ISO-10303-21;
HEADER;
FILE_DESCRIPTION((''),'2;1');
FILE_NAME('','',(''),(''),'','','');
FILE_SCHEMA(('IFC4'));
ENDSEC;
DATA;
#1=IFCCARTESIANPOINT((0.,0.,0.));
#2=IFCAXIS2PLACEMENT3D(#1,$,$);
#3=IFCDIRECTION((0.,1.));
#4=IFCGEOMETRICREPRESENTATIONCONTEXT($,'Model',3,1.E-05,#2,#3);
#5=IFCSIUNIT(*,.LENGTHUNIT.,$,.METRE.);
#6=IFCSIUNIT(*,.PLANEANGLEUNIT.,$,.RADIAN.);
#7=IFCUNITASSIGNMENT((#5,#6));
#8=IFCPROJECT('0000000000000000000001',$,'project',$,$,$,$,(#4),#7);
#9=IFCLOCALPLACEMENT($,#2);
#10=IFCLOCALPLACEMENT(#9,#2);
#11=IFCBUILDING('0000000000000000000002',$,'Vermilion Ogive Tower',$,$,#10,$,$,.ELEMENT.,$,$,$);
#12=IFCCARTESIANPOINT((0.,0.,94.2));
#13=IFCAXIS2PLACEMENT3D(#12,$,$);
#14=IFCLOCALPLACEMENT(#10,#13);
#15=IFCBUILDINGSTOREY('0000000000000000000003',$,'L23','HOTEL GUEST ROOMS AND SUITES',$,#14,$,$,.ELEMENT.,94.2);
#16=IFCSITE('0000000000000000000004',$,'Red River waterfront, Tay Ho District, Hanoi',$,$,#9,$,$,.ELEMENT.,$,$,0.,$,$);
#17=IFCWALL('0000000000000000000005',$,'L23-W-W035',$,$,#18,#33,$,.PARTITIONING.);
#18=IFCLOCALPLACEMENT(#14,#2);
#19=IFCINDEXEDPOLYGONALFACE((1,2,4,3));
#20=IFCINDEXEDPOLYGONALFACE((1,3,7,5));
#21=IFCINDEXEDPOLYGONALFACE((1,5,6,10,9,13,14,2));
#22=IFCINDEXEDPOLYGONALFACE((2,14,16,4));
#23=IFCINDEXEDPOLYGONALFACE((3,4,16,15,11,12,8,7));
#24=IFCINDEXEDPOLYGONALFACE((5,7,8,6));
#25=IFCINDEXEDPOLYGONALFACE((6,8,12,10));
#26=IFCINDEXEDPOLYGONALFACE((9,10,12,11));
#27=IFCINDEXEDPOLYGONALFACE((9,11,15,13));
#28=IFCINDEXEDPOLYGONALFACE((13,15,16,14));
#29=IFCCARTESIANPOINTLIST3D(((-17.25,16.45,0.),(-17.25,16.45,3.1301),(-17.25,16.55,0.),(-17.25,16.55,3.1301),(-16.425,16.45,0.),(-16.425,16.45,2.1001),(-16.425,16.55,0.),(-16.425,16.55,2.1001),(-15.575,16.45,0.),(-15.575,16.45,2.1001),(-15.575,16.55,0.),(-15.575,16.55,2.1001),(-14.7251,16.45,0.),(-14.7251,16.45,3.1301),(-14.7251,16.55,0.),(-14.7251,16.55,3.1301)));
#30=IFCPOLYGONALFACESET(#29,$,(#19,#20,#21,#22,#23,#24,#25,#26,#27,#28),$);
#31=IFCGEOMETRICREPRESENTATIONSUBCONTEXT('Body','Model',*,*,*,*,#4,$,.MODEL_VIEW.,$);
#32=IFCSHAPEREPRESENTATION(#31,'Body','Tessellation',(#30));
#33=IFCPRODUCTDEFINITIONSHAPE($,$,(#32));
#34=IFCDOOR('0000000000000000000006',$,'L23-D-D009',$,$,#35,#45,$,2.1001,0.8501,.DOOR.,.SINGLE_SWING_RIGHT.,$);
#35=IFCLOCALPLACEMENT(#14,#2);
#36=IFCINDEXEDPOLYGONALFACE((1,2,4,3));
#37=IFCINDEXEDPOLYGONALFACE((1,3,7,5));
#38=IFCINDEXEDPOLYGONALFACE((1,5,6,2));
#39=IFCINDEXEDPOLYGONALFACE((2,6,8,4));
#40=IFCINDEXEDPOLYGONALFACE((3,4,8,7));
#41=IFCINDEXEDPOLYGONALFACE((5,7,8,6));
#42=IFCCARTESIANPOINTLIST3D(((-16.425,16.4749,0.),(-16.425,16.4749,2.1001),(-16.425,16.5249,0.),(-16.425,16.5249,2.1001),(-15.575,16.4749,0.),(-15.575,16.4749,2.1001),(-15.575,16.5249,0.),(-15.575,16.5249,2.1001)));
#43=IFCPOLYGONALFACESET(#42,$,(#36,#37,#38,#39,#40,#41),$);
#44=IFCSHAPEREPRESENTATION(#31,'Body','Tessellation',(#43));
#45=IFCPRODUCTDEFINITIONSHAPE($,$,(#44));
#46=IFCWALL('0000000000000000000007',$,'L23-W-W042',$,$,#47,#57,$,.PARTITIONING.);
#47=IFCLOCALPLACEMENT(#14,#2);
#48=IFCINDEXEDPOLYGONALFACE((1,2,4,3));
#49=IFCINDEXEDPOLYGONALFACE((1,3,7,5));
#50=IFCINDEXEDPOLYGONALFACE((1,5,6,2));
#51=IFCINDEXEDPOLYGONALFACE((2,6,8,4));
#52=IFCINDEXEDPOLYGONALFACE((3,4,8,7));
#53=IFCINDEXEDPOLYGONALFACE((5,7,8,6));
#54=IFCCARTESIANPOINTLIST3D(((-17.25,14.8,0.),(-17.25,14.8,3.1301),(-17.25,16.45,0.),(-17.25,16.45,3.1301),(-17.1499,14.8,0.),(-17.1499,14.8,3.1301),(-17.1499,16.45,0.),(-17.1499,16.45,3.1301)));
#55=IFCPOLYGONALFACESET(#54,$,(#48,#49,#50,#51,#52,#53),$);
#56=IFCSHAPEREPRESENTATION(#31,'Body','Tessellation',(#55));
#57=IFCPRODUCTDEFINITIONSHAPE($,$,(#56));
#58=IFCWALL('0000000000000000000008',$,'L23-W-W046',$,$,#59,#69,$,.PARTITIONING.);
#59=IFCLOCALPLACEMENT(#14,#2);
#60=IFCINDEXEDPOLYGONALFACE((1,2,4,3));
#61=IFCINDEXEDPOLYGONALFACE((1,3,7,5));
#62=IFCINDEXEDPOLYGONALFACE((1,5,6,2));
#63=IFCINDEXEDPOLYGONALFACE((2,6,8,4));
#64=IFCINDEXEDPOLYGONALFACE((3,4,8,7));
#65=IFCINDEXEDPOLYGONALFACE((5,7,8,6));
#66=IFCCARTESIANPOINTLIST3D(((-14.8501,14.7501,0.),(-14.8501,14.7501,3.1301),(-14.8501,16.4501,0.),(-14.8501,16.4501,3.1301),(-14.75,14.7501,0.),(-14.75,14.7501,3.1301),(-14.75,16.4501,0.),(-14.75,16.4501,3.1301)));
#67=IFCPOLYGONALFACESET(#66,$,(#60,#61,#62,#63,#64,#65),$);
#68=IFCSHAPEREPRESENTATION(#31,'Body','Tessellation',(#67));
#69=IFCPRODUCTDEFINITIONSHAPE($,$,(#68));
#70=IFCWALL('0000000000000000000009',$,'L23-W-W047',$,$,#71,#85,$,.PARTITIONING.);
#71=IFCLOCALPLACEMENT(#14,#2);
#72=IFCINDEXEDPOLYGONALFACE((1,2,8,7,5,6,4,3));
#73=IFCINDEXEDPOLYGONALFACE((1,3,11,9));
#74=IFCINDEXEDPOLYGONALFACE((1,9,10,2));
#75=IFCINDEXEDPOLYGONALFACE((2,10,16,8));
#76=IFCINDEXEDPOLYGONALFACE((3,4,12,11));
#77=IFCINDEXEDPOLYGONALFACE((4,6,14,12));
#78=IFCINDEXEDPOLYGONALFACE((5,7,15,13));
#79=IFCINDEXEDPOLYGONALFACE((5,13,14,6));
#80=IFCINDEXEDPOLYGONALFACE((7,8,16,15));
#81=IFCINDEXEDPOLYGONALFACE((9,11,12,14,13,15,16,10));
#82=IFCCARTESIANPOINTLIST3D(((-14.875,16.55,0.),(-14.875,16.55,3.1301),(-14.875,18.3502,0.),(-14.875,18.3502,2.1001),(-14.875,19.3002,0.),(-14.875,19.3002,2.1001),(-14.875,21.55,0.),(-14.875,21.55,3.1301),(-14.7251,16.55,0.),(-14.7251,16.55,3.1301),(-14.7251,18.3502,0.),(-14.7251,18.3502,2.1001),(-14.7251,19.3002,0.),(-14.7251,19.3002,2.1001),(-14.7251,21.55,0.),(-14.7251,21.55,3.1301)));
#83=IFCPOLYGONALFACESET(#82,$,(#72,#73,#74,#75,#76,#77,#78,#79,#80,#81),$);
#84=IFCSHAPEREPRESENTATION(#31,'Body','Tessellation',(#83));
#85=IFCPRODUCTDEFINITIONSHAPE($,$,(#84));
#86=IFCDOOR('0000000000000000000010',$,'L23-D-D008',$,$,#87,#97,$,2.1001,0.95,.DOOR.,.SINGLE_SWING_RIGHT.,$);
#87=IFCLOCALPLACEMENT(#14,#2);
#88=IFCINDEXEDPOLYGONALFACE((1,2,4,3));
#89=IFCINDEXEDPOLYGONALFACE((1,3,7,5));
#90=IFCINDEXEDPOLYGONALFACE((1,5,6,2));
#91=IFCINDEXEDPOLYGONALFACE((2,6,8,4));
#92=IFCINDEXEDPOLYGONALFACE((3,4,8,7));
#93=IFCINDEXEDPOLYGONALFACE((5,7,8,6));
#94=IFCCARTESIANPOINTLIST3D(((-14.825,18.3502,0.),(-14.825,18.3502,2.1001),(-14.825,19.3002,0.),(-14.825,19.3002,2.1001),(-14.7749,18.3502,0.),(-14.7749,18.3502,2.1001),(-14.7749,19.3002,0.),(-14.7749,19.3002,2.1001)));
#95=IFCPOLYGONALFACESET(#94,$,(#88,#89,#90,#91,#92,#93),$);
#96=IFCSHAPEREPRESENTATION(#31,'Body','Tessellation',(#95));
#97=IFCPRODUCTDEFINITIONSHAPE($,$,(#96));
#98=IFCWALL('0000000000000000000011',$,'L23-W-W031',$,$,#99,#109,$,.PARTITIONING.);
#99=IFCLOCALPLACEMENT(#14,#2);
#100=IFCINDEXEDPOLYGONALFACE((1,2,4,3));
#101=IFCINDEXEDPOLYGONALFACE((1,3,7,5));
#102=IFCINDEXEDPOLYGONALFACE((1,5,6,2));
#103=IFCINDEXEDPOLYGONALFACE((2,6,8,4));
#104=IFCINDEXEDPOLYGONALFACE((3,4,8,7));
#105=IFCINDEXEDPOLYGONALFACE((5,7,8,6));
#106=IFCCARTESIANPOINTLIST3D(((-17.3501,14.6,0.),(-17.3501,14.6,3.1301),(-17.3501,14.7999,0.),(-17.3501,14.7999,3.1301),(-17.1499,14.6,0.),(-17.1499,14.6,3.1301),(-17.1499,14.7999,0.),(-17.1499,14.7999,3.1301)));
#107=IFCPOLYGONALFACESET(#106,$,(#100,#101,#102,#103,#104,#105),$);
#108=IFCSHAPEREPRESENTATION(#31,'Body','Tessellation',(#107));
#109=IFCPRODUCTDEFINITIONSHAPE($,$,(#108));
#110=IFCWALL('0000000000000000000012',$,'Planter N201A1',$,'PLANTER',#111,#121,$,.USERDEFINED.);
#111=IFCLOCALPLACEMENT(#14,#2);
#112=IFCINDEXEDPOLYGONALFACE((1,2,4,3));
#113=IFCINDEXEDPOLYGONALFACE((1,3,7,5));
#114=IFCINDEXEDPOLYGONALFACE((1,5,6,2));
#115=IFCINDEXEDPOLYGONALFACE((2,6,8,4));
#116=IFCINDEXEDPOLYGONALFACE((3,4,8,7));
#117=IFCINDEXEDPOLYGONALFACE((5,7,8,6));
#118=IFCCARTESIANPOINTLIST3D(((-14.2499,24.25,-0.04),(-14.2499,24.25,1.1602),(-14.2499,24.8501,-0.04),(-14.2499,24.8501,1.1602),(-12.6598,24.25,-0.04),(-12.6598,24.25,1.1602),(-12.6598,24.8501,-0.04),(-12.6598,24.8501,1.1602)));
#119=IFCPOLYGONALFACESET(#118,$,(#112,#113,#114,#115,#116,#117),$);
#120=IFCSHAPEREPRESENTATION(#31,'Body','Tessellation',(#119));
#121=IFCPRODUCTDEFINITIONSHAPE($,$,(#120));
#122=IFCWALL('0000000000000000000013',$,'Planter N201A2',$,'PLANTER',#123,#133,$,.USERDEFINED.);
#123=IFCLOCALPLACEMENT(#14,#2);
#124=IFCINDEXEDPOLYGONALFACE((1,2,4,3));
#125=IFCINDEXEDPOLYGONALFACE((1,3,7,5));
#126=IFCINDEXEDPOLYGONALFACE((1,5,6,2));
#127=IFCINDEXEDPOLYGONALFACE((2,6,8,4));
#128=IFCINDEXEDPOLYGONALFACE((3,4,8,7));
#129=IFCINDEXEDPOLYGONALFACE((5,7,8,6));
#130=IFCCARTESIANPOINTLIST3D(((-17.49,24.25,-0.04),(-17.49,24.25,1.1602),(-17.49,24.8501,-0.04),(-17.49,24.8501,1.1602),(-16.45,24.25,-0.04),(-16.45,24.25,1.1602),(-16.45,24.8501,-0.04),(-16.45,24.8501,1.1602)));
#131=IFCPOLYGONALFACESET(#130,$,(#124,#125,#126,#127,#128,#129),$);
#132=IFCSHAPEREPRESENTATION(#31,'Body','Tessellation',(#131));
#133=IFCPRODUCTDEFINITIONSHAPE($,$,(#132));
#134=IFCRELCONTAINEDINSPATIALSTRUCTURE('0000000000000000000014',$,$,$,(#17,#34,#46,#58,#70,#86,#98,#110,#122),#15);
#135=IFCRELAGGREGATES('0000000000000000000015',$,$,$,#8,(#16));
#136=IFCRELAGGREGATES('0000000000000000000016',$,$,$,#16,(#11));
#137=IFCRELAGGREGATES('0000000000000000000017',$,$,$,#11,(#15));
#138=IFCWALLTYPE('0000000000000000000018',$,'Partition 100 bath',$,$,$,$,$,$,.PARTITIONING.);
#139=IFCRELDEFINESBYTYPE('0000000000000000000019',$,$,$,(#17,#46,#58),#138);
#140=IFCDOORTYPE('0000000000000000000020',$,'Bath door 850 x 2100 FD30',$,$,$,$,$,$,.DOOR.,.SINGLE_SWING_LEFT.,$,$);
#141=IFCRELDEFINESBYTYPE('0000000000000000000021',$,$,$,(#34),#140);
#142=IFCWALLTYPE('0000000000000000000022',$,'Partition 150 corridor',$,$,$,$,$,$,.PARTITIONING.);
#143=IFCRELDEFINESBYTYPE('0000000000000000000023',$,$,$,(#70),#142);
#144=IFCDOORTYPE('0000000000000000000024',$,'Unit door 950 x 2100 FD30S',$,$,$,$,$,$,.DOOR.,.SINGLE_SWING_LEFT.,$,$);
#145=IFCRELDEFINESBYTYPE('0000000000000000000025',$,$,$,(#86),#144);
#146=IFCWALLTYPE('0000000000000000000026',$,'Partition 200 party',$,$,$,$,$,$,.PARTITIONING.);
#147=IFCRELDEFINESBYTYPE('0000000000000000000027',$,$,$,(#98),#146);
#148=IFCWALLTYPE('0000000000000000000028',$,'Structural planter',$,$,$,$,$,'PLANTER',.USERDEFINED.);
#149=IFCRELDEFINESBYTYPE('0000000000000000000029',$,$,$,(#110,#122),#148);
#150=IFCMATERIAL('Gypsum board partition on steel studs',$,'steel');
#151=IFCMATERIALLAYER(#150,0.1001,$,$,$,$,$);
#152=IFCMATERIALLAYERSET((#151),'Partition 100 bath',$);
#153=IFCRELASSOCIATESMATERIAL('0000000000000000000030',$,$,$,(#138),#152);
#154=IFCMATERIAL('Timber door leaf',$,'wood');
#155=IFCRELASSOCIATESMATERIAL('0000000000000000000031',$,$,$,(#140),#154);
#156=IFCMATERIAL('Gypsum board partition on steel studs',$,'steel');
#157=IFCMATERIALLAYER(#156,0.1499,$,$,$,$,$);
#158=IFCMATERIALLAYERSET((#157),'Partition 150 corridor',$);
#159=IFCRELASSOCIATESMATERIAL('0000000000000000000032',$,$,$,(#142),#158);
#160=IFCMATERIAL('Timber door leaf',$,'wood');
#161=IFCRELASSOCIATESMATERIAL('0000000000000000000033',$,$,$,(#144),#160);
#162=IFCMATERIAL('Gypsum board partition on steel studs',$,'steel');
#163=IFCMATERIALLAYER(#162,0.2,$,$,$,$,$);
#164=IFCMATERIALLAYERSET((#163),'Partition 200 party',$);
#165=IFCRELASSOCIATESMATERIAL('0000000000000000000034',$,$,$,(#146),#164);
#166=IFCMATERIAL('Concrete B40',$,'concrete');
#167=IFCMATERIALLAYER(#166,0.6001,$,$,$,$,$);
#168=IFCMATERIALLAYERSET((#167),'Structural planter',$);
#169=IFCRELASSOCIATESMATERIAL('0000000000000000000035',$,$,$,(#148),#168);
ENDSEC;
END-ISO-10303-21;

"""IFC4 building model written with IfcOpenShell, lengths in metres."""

from ifc_helpers import new_model, si_unit, direction, frame, frame_2d, origin, place, context, subcontext, project, spatial, rectangle, extrude, material, layer, layer_set, type_object, element, fill, save


model = new_model("IFC4")

# Units and contexts
model_context = context("Model", 3, precision=1e-05, world=origin(), true_north=direction((0.0, 1.0)))
body_context = subcontext(model_context, "Body", "Model", "MODEL_VIEW")
ifc_project = project(units=[si_unit("LENGTHUNIT", "METRE"), si_unit("PLANEANGLEUNIT", "RADIAN")], contexts=[model_context])

# Site, building, storey
site_placement = place(None, origin())
site = spatial("IfcSite", under=ifc_project, at=site_placement, Name="Red River waterfront, Tay Ho District, Hanoi", CompositionType="ELEMENT", RefElevation=0.0)
building_placement = place(site_placement, origin())
building = spatial("IfcBuilding", under=site, at=building_placement, Name="Vermilion Ogive Tower", CompositionType="ELEMENT")
storey_placement = place(building_placement, frame((0.0, 0.0, 94.2)))
storey = spatial("IfcBuildingStorey", under=building, at=storey_placement, Name="L23", Description="HOTEL GUEST ROOMS AND SUITES", CompositionType="ELEMENT", Elevation=94.2)

# Shared definitions
ifc_material_1 = material(Name="Gypsum board partition on steel studs", Category="steel")
ifc_layer_1 = layer(ifc_material_1, 0.1001)
ifc_layer_set_1 = layer_set([ifc_layer_1], Name="Partition 100 bath")
wall_type_1 = type_object("IfcWallType", Name="Partition 100 bath", PredefinedType="PARTITIONING", material=ifc_layer_set_1)

# Wall, opening, door
wall_1_placement = place(storey_placement, frame((-17.25, 16.5, 0.0), z_axis=(0.0, 0.0, 1.0), x_axis=(1.0, 0.0, 0.0)))
wall_1 = element("IfcWall", 1, at=wall_1_placement, inside=storey, type_object=wall_type_1, Name="L23-W-W035", PredefinedType="PARTITIONING", context=body_context, shape_type="SweptSolid", body=[
    extrude(rectangle(XDim=2.5249, YDim=0.1001, at=frame_2d((1.2625, 0.0))), origin(), (0.0, 0.0, 1.0), 3.1301),
])
opening_1_placement = place(wall_1_placement, frame((0.825, 0.0, 0.0)))
opening_1 = element("IfcOpeningElement", 2, at=opening_1_placement, cuts=wall_1, PredefinedType="OPENING", context=body_context, shape_type="SweptSolid", body=[
    extrude(rectangle(XDim=0.8501, YDim=2.1001, at=frame_2d((0.425, 1.05))), frame((0.0, 0.0601, 0.0), z_axis=(0.0, -1.0, 0.0), x_axis=(1.0, 0.0, 0.0)), (0.0, 0.0, 1.0), 0.1201),
])
ifc_material_2 = material(Name="Timber door leaf", Category="wood")
door_type_1 = type_object("IfcDoorType", Name="Bath door 850 x 2100 FD30", OperationType="SINGLE_SWING_LEFT", PredefinedType="DOOR", material=ifc_material_2)
door_1_placement = place(opening_1_placement, origin())
door_1 = element("IfcDoor", 3, at=door_1_placement, inside=storey, type_object=door_type_1, Name="L23-D-D009", OperationType="SINGLE_SWING_RIGHT", OverallHeight=2.1001, OverallWidth=0.8501, PredefinedType="DOOR", context=body_context, shape_type="SweptSolid", body=[
    extrude(rectangle(XDim=0.8501, YDim=2.1001, at=frame_2d((0.425, 1.05))), frame((0.0, 0.0249, 0.0), z_axis=(0.0, -1.0, 0.0), x_axis=(1.0, 0.0, 0.0)), (0.0, 0.0, 1.0), 0.05),
])
fill(opening_1, door_1)

# Walls
wall_2_placement = place(storey_placement, frame((-17.2, 14.8, 0.0), z_axis=(0.0, 0.0, 1.0), x_axis=(0.0, 1.0, 0.0)))
element("IfcWall", 4, at=wall_2_placement, inside=storey, type_object=wall_type_1, Name="L23-W-W042", PredefinedType="PARTITIONING", context=body_context, shape_type="SweptSolid", body=[
    extrude(rectangle(XDim=1.6499, YDim=0.1001, at=frame_2d((0.825, 0.0))), origin(), (0.0, 0.0, 1.0), 3.1301),
])
wall_3_placement = place(storey_placement, frame((-14.8, 14.75, 0.0), z_axis=(0.0, 0.0, 1.0), x_axis=(0.0, 1.0, 0.0)))
element("IfcWall", 5, at=wall_3_placement, inside=storey, type_object=wall_type_1, Name="L23-W-W046", PredefinedType="PARTITIONING", context=body_context, shape_type="SweptSolid", body=[
    extrude(rectangle(XDim=1.7, YDim=0.1001, at=frame_2d((0.8501, 0.0))), origin(), (0.0, 0.0, 1.0), 3.1301),
])

# Wall, opening, door
ifc_material_3 = material(Name="Gypsum board partition on steel studs", Category="steel")
ifc_layer_2 = layer(ifc_material_3, 0.1499)
ifc_layer_set_2 = layer_set([ifc_layer_2], Name="Partition 150 corridor")
wall_type_2 = type_object("IfcWallType", Name="Partition 150 corridor", PredefinedType="PARTITIONING", material=ifc_layer_set_2)
wall_4_placement = place(storey_placement, frame((-14.8, 16.55, 0.0), z_axis=(0.0, 0.0, 1.0), x_axis=(0.0, 1.0, 0.0)))
wall_4 = element("IfcWall", 6, at=wall_4_placement, inside=storey, type_object=wall_type_2, Name="L23-W-W047", PredefinedType="PARTITIONING", context=body_context, shape_type="SweptSolid", body=[
    extrude(rectangle(XDim=5.0, YDim=0.1499, at=frame_2d((2.5, 0.0))), origin(), (0.0, 0.0, 1.0), 3.1301),
])
opening_2_placement = place(wall_4_placement, frame((1.8, 0.0, 0.0)))
opening_2 = element("IfcOpeningElement", 7, at=opening_2_placement, cuts=wall_4, PredefinedType="OPENING", context=body_context, shape_type="SweptSolid", body=[
    extrude(rectangle(XDim=0.95, YDim=2.1001, at=frame_2d((0.4751, 1.05))), frame((0.0, 0.085, 0.0), z_axis=(0.0, -1.0, 0.0), x_axis=(1.0, 0.0, 0.0)), (0.0, 0.0, 1.0), 0.1699),
])
ifc_material_4 = material(Name="Timber door leaf", Category="wood")
door_type_2 = type_object("IfcDoorType", Name="Unit door 950 x 2100 FD30S", OperationType="SINGLE_SWING_LEFT", PredefinedType="DOOR", material=ifc_material_4)
door_2_placement = place(opening_2_placement, origin())
door_2 = element("IfcDoor", 8, at=door_2_placement, inside=storey, type_object=door_type_2, Name="L23-D-D008", OperationType="SINGLE_SWING_RIGHT", OverallHeight=2.1001, OverallWidth=0.95, PredefinedType="DOOR", context=body_context, shape_type="SweptSolid", body=[
    extrude(rectangle(XDim=0.95, YDim=2.1001, at=frame_2d((0.4751, 1.05))), frame((0.0, 0.0249, 0.0), z_axis=(0.0, -1.0, 0.0), x_axis=(1.0, 0.0, 0.0)), (0.0, 0.0, 1.0), 0.05),
])
fill(opening_2, door_2)

# Walls
ifc_material_5 = material(Name="Gypsum board partition on steel studs", Category="steel")
ifc_layer_3 = layer(ifc_material_5, 0.2)
ifc_layer_set_3 = layer_set([ifc_layer_3], Name="Partition 200 party")
wall_type_3 = type_object("IfcWallType", Name="Partition 200 party", PredefinedType="PARTITIONING", material=ifc_layer_set_3)
wall_5_placement = place(storey_placement, frame((-17.3501, 14.7, 0.0), z_axis=(0.0, 0.0, 1.0), x_axis=(1.0, 0.0, 0.0)))
element("IfcWall", 9, at=wall_5_placement, inside=storey, type_object=wall_type_3, Name="L23-W-W031", PredefinedType="PARTITIONING", context=body_context, shape_type="SweptSolid", body=[
    extrude(rectangle(XDim=0.2002, YDim=0.2, at=frame_2d((0.1001, 0.0))), origin(), (0.0, 0.0, 1.0), 3.1301),
])
ifc_material_6 = material(Name="Concrete B40", Category="concrete")
ifc_layer_4 = layer(ifc_material_6, 0.6001)
ifc_layer_set_4 = layer_set([ifc_layer_4], Name="Structural planter")
wall_type_4 = type_object("IfcWallType", Name="Structural planter", ElementType="PLANTER", PredefinedType="USERDEFINED", material=ifc_layer_set_4)
wall_6_placement = place(storey_placement, frame((-12.6599, 24.55, -0.04), z_axis=(0.0, 0.0, 1.0), x_axis=(-1.0, 0.0, 0.0)))
element("IfcWall", 10, at=wall_6_placement, inside=storey, type_object=wall_type_4, Name="Planter N201A1", ObjectType="PLANTER", PredefinedType="USERDEFINED", context=body_context, shape_type="SweptSolid", body=[
    extrude(rectangle(XDim=1.5901, YDim=0.6001, at=frame_2d((0.7949, 0.0))), origin(), (0.0, 0.0, 1.0), 1.2002),
])
wall_7_placement = place(storey_placement, frame((-16.45, 24.55, -0.04), z_axis=(0.0, 0.0, 1.0), x_axis=(-1.0, 0.0, 0.0)))
element("IfcWall", 11, at=wall_7_placement, inside=storey, type_object=wall_type_4, Name="Planter N201A2", ObjectType="PLANTER", PredefinedType="USERDEFINED", context=body_context, shape_type="SweptSolid", body=[
    extrude(rectangle(XDim=1.04, YDim=0.6001, at=frame_2d((0.52, 0.0))), origin(), (0.0, 0.0, 1.0), 1.2002),
])

save(model, "model.ifc")
